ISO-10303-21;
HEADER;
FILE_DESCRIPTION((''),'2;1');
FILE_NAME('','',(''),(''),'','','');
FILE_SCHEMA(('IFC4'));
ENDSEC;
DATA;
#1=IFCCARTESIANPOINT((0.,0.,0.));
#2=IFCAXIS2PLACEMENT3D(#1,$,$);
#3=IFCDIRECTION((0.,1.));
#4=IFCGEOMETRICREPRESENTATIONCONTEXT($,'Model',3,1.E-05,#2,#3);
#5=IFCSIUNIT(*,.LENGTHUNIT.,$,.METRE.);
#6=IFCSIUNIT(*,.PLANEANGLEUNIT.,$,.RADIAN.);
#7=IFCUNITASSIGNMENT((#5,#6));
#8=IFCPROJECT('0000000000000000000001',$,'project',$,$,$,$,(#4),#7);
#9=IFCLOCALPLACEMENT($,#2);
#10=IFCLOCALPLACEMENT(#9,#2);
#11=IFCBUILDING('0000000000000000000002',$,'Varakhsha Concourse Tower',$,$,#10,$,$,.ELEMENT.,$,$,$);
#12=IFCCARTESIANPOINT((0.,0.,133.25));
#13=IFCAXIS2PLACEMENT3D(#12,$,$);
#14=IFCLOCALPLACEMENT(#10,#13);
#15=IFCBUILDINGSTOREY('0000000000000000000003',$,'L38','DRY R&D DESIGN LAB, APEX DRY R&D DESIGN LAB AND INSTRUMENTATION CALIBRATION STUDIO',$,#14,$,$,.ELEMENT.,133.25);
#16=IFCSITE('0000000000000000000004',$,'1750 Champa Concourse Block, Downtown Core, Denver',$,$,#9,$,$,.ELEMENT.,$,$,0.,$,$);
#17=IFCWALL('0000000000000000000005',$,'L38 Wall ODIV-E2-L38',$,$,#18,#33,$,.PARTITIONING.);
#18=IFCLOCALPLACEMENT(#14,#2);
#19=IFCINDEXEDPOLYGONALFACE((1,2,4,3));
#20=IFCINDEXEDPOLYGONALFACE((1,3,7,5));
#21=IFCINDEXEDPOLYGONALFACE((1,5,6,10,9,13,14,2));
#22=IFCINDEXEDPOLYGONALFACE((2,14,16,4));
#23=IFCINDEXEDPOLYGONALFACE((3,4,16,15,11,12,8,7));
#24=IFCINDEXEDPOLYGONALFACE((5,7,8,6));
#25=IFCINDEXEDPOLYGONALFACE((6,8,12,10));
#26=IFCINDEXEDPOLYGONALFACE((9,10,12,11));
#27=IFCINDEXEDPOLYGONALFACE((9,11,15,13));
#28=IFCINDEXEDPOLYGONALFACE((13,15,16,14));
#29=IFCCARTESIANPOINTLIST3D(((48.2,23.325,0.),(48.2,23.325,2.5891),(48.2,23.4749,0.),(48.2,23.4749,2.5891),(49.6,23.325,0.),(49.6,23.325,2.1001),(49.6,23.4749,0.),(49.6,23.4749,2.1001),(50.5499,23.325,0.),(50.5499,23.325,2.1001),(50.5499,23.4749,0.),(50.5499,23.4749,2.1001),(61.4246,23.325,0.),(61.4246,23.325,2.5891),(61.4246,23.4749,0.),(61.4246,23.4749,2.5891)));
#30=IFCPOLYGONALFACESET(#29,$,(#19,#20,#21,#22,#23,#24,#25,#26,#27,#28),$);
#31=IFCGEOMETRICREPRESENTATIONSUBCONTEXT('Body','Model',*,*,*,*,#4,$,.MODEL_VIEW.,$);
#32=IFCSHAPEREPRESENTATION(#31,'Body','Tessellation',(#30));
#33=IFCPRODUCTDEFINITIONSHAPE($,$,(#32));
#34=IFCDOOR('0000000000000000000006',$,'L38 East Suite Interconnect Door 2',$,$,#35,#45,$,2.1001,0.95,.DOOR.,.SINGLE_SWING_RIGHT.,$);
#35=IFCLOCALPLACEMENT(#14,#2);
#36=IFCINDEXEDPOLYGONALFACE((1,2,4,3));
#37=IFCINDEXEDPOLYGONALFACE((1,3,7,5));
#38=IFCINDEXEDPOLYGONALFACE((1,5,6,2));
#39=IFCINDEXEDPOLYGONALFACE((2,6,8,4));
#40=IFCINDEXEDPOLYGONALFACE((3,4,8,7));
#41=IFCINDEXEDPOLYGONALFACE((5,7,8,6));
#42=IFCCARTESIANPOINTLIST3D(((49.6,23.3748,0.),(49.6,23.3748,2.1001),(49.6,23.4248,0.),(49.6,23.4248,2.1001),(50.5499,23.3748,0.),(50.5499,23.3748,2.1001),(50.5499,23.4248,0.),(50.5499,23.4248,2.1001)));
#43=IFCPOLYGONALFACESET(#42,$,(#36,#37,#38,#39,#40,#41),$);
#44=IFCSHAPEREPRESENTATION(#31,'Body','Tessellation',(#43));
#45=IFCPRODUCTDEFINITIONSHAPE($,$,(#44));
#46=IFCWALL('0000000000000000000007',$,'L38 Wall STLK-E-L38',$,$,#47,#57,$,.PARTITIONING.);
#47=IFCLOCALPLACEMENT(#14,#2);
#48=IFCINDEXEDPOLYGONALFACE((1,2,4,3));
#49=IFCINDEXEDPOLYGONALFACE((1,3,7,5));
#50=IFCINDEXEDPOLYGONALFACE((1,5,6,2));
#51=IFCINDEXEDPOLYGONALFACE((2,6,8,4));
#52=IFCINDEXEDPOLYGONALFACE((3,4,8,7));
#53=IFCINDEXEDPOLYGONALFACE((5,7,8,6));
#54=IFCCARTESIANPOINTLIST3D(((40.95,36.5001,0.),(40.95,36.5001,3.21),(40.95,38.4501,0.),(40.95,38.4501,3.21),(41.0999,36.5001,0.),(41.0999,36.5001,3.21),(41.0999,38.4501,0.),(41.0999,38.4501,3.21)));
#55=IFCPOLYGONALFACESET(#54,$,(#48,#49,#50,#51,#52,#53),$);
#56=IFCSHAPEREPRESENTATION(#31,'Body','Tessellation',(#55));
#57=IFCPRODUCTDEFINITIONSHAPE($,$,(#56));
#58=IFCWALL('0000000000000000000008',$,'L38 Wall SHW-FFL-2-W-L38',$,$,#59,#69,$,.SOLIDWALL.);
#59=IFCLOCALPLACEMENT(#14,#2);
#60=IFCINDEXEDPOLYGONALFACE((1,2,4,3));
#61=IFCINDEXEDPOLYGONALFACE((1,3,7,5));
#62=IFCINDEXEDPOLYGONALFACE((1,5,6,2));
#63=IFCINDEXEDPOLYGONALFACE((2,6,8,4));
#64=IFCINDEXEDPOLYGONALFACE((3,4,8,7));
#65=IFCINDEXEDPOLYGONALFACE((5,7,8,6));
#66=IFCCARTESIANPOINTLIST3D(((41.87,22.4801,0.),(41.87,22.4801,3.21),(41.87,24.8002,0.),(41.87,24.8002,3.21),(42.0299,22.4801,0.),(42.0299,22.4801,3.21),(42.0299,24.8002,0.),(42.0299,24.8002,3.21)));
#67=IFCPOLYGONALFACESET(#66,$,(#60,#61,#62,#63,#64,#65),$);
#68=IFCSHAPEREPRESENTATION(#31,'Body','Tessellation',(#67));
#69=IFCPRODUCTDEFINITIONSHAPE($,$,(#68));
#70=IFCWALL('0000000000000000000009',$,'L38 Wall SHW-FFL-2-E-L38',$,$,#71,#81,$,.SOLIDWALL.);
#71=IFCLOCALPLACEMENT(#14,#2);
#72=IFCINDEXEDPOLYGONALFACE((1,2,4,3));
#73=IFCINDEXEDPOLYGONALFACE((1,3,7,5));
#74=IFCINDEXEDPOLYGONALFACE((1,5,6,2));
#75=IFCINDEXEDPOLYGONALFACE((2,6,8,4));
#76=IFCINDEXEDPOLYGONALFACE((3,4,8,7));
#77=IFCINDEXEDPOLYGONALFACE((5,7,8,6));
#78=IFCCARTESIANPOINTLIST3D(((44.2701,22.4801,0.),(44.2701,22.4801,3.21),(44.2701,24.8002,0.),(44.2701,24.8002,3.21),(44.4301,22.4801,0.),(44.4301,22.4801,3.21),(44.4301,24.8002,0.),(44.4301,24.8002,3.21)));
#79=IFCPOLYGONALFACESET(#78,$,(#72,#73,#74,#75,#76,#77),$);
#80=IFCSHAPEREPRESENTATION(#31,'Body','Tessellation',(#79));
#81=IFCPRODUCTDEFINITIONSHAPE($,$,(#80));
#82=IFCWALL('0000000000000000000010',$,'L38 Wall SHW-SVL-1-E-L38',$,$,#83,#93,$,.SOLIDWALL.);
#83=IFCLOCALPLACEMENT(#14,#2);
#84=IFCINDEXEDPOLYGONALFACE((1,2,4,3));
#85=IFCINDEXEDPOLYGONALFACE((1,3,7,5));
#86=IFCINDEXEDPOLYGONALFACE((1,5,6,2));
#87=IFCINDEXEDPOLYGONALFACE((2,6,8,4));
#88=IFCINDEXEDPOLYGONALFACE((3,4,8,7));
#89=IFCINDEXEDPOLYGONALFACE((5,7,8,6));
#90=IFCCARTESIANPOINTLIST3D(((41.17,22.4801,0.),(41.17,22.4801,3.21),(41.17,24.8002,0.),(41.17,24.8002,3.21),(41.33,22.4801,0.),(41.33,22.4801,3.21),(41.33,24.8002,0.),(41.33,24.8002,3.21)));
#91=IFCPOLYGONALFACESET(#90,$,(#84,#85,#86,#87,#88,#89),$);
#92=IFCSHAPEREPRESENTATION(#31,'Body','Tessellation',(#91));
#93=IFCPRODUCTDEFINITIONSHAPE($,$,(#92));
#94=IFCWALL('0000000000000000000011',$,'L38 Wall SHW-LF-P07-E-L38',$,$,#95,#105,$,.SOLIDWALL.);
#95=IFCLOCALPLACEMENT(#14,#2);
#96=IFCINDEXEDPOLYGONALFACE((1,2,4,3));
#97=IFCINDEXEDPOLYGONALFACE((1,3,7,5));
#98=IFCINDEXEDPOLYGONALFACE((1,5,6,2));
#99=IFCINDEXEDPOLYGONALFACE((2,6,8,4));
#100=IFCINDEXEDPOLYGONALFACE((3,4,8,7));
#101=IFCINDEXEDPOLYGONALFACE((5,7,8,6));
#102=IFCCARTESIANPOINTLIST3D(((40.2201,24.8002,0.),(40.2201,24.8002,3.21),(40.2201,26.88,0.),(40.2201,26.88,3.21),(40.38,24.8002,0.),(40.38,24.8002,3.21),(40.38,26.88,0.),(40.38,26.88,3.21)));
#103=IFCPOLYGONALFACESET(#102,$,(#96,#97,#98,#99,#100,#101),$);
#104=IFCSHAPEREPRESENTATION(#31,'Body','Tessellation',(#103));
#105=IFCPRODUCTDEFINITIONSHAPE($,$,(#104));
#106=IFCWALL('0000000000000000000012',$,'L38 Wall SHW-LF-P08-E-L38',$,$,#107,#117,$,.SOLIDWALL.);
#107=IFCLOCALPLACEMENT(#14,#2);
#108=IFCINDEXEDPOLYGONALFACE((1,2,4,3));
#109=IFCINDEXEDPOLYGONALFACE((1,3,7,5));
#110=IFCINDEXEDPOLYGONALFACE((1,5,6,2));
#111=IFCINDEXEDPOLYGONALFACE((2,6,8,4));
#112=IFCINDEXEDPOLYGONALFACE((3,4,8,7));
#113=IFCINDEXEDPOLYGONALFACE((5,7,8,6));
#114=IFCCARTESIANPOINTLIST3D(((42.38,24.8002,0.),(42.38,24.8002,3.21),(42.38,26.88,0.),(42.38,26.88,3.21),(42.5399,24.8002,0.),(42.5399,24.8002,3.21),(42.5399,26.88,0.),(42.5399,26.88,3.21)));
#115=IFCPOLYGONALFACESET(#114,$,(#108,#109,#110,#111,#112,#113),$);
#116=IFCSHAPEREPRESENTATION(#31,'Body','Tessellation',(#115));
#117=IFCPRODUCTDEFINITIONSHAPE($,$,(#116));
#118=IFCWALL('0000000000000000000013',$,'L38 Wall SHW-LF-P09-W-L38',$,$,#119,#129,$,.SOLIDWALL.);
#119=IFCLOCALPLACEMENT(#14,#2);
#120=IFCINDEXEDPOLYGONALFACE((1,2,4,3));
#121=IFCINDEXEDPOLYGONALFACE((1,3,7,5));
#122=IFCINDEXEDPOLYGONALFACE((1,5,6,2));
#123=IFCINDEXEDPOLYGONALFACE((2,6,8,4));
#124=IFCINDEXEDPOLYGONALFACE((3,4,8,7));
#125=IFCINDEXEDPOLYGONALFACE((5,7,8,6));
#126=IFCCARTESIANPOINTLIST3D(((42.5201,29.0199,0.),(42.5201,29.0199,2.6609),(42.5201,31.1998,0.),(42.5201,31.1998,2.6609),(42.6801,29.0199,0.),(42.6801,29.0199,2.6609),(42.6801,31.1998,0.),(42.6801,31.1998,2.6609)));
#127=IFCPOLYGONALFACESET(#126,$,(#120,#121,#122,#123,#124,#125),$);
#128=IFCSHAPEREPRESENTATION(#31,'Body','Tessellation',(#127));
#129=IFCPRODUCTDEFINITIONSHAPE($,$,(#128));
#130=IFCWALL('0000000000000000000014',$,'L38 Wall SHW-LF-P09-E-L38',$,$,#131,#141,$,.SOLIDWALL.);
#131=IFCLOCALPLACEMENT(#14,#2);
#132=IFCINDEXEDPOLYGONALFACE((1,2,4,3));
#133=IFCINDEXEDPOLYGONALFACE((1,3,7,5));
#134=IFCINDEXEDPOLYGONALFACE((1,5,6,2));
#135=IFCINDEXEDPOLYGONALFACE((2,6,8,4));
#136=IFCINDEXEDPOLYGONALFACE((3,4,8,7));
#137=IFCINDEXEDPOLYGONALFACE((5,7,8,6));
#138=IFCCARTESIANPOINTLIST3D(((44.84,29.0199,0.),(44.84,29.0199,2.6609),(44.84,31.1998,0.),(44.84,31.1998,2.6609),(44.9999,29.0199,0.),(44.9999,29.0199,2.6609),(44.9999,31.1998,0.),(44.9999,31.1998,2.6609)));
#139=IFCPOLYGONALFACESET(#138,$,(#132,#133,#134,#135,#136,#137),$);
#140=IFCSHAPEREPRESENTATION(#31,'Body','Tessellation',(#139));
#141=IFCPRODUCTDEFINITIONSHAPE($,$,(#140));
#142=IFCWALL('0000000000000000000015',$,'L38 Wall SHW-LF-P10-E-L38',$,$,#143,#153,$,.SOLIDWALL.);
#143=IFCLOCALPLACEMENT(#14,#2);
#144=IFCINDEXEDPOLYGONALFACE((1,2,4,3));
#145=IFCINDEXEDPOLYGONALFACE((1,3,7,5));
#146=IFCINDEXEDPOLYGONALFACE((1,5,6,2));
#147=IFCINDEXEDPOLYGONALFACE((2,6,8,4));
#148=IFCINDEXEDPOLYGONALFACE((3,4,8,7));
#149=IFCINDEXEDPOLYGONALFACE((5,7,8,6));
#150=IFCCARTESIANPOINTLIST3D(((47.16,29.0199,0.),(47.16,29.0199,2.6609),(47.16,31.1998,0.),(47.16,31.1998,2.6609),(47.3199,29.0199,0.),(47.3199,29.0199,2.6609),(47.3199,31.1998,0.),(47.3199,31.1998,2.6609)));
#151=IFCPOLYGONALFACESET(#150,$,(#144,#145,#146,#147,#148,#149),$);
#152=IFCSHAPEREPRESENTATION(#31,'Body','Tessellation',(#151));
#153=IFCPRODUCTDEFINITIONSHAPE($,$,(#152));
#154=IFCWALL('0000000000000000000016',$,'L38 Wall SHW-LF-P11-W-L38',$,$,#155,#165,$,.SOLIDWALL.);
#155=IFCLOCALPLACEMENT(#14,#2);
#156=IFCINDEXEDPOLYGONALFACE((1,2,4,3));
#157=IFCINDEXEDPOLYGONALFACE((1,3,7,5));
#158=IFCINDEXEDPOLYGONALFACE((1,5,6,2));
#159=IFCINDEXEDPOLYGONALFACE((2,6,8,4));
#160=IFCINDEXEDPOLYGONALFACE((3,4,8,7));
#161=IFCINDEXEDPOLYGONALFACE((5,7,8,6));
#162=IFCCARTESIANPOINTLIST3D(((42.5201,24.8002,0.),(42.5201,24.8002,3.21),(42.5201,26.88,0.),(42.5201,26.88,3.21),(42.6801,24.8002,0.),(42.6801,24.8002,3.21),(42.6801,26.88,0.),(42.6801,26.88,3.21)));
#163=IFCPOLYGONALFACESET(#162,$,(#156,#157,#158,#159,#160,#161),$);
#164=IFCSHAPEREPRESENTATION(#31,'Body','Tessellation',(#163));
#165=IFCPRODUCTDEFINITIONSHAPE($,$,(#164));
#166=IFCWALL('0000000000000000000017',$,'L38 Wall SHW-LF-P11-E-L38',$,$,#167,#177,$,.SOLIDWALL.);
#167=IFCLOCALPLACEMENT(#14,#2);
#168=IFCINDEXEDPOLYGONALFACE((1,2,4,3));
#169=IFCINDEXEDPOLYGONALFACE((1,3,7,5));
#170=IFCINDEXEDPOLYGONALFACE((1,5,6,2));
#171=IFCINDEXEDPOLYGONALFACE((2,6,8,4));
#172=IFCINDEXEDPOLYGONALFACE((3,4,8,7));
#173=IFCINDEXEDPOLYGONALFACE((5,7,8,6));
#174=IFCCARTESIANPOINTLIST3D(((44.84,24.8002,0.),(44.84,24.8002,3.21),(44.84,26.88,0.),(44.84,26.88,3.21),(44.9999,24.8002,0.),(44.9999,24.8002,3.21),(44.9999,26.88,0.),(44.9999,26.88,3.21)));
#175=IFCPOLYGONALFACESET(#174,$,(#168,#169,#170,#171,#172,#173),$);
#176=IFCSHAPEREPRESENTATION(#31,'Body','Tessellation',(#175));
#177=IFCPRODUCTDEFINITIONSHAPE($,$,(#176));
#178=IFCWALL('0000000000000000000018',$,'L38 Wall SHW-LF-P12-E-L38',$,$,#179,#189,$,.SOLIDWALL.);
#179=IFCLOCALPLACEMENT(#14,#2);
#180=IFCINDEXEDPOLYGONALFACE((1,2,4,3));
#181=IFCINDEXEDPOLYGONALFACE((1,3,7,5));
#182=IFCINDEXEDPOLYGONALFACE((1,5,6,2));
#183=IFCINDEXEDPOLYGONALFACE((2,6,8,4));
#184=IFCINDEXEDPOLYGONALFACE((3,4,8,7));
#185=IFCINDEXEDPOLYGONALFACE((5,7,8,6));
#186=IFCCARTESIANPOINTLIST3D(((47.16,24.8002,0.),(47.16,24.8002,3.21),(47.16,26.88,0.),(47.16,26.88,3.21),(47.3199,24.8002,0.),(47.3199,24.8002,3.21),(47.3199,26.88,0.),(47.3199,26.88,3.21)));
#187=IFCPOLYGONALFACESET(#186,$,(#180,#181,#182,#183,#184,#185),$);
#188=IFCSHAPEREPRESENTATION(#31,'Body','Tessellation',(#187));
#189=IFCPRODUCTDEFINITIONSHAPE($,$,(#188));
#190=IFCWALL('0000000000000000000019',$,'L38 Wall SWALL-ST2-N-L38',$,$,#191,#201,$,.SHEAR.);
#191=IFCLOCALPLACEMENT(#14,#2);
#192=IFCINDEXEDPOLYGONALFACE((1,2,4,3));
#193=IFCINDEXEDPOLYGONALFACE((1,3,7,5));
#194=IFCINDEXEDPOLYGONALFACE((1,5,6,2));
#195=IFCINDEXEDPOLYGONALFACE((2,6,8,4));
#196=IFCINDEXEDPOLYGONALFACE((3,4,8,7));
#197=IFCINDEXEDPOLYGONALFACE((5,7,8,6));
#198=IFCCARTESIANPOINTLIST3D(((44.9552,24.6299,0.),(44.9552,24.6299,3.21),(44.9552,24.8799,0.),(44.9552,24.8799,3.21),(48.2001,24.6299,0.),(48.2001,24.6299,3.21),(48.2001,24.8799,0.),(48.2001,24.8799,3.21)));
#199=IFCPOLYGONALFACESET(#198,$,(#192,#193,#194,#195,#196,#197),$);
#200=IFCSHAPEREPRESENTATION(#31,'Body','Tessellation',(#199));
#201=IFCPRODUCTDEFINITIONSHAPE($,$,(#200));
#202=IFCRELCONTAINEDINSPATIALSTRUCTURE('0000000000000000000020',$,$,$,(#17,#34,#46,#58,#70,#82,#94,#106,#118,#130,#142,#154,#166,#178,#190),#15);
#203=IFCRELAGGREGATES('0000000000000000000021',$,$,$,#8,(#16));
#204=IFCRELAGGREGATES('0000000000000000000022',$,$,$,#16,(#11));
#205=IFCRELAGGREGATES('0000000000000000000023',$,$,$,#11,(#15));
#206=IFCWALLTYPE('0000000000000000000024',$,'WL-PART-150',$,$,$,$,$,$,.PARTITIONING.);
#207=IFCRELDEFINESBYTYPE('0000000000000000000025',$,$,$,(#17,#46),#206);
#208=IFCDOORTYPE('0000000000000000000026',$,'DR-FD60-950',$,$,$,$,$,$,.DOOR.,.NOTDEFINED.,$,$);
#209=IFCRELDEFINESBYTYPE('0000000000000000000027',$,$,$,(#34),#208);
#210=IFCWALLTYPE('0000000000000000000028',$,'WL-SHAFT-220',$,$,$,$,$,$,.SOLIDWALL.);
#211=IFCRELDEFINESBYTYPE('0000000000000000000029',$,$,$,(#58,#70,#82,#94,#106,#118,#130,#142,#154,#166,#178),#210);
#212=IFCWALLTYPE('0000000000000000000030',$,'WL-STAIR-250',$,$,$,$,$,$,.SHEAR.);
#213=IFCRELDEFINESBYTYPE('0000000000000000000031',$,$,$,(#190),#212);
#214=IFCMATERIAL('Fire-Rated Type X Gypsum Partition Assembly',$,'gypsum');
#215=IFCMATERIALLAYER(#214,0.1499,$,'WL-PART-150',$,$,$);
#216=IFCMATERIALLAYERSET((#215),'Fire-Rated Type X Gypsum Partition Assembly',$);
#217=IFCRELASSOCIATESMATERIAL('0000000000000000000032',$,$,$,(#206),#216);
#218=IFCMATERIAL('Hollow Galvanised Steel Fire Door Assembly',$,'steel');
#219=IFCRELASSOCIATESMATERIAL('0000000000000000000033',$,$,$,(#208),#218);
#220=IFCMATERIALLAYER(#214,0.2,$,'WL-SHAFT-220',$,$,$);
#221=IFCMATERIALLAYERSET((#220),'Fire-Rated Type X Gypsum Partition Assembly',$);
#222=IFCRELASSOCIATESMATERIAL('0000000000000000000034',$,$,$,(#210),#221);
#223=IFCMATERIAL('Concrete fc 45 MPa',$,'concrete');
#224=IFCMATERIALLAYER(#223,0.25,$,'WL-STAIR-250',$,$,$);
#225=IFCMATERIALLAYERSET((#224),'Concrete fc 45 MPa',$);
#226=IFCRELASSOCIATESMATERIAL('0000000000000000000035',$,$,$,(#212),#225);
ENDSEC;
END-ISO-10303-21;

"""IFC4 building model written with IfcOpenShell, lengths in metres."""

from ifc_helpers import new_model, si_unit, direction, frame, frame_2d, origin, place, context, subcontext, project, spatial, rectangle, extrude, material, layer, layer_set, type_object, element, fill, save


model = new_model("IFC4")

# Units and contexts
model_context = context("Model", 3, precision=1e-05, world=origin(), true_north=direction((0.0, 1.0)))
body_context = subcontext(model_context, "Body", "Model", "MODEL_VIEW")
ifc_project = project(units=[si_unit("LENGTHUNIT", "METRE"), si_unit("PLANEANGLEUNIT", "RADIAN")], contexts=[model_context])

# Site, building, storey
site_placement = place(None, origin())
site = spatial("IfcSite", under=ifc_project, at=site_placement, Name="1750 Champa Concourse Block, Downtown Core, Denver", CompositionType="ELEMENT", RefElevation=0.0)
building_placement = place(site_placement, origin())
building = spatial("IfcBuilding", under=site, at=building_placement, Name="Varakhsha Concourse Tower", CompositionType="ELEMENT")
storey_placement = place(building_placement, frame((0.0, 0.0, 133.25)))
storey = spatial("IfcBuildingStorey", under=building, at=storey_placement, Name="L38", Description="DRY R&D DESIGN LAB, APEX DRY R&D DESIGN LAB AND INSTRUMENTATION CALIBRATION STUDIO", CompositionType="ELEMENT", Elevation=133.25)

# Shared definitions
ifc_material_1 = material(Name="Fire-Rated Type X Gypsum Partition Assembly", Category="gypsum")
ifc_layer_1 = layer(ifc_material_1, 0.1499, Name="WL-PART-150")
ifc_layer_set_1 = layer_set([ifc_layer_1], Name="Fire-Rated Type X Gypsum Partition Assembly")
wall_type_1 = type_object("IfcWallType", Name="WL-PART-150", PredefinedType="PARTITIONING", material=ifc_layer_set_1)

# Wall, opening, door
wall_1_placement = place(storey_placement, frame((48.2, 23.3999, 0.0), z_axis=(0.0, 0.0, 1.0), x_axis=(1.0, 0.0, 0.0)))
wall_1 = element("IfcWall", 1, at=wall_1_placement, inside=storey, type_object=wall_type_1, Name="L38 Wall ODIV-E2-L38", PredefinedType="PARTITIONING", context=body_context, shape_type="SweptSolid", body=[
    extrude(rectangle(XDim=13.2246, YDim=0.1499, at=frame_2d((6.6123, 0.0))), origin(), (0.0, 0.0, 1.0), 2.5891),
])
opening_placement = place(wall_1_placement, frame((1.3999, 0.0, 0.0)))
opening = element("IfcOpeningElement", 2, at=opening_placement, cuts=wall_1, PredefinedType="OPENING", context=body_context, shape_type="SweptSolid", body=[
    extrude(rectangle(XDim=0.95, YDim=2.1001, at=frame_2d((0.4751, 1.05))), frame((0.0, 0.085, 0.0), z_axis=(0.0, -1.0, 0.0), x_axis=(1.0, 0.0, 0.0)), (0.0, 0.0, 1.0), 0.1699),
])
ifc_material_2 = material(Name="Hollow Galvanised Steel Fire Door Assembly", Category="steel")
door_type = type_object("IfcDoorType", Name="DR-FD60-950", OperationType="NOTDEFINED", PredefinedType="DOOR", material=ifc_material_2)
door_placement = place(opening_placement, origin())
door = element("IfcDoor", 3, at=door_placement, inside=storey, type_object=door_type, Name="L38 East Suite Interconnect Door 2", OperationType="SINGLE_SWING_RIGHT", OverallHeight=2.1001, OverallWidth=0.95, PredefinedType="DOOR", context=body_context, shape_type="SweptSolid", body=[
    extrude(rectangle(XDim=0.95, YDim=2.1001, at=frame_2d((0.4751, 1.05))), frame((0.0, 0.0249, 0.0), z_axis=(0.0, -1.0, 0.0), x_axis=(1.0, 0.0, 0.0)), (0.0, 0.0, 1.0), 0.05),
])
fill(opening, door)

# Walls
wall_2_placement = place(storey_placement, frame((41.0249, 36.5, 0.0), z_axis=(0.0, 0.0, 1.0), x_axis=(0.0, 1.0, 0.0)))
element("IfcWall", 4, at=wall_2_placement, inside=storey, type_object=wall_type_1, Name="L38 Wall STLK-E-L38", PredefinedType="PARTITIONING", context=body_context, shape_type="SweptSolid", body=[
    extrude(rectangle(XDim=1.95, YDim=0.1499, at=frame_2d((0.9751, 0.0))), origin(), (0.0, 0.0, 1.0), 3.21),
])
ifc_layer_2 = layer(ifc_material_1, 0.2, Name="WL-SHAFT-220")
ifc_layer_set_2 = layer_set([ifc_layer_2], Name="Fire-Rated Type X Gypsum Partition Assembly")
wall_type_2 = type_object("IfcWallType", Name="WL-SHAFT-220", PredefinedType="SOLIDWALL", material=ifc_layer_set_2)
for number, where, z_axis, x_axis, name in (
    (5, (41.95, 22.48, 0.0), (0.0, 0.0, 1.0), (0.0, 1.0, 0.0), "L38 Wall SHW-FFL-2-W-L38"),
    (6, (44.3501, 22.48, 0.0), (0.0, 0.0, 1.0), (0.0, 1.0, 0.0), "L38 Wall SHW-FFL-2-E-L38"),
    (7, (41.25, 22.48, 0.0), (0.0, 0.0, 1.0), (0.0, 1.0, 0.0), "L38 Wall SHW-SVL-1-E-L38"),
):
    element("IfcWall", number, at=place(storey_placement, frame(where, z_axis=z_axis, x_axis=x_axis)), inside=storey, type_object=wall_type_2, Name=name, PredefinedType="SOLIDWALL", context=body_context, shape_type="SweptSolid", body=[
        extrude(rectangle(XDim=2.3201, YDim=0.1599, at=frame_2d((1.1602, 0.0))), origin(), (0.0, 0.0, 1.0), 3.21),
    ])
for number, where, z_axis, x_axis, name in (
    (8, (40.3, 24.8, 0.0), (0.0, 0.0, 1.0), (0.0, 1.0, 0.0), "L38 Wall SHW-LF-P07-E-L38"),
    (9, (42.46, 24.8, 0.0), (0.0, 0.0, 1.0), (0.0, 1.0, 0.0), "L38 Wall SHW-LF-P08-E-L38"),
):
    element("IfcWall", number, at=place(storey_placement, frame(where, z_axis=z_axis, x_axis=x_axis)), inside=storey, type_object=wall_type_2, Name=name, PredefinedType="SOLIDWALL", context=body_context, shape_type="SweptSolid", body=[
        extrude(rectangle(XDim=2.0798, YDim=0.1599, at=frame_2d((1.04, 0.0))), origin(), (0.0, 0.0, 1.0), 3.21),
    ])
for number, where, z_axis, x_axis, name in (
    (10, (42.6001, 29.02, 0.0), (0.0, 0.0, 1.0), (0.0, 1.0, 0.0), "L38 Wall SHW-LF-P09-W-L38"),
    (11, (44.9199, 29.02, 0.0), (0.0, 0.0, 1.0), (0.0, 1.0, 0.0), "L38 Wall SHW-LF-P09-E-L38"),
    (12, (47.24, 29.02, 0.0), (0.0, 0.0, 1.0), (0.0, 1.0, 0.0), "L38 Wall SHW-LF-P10-E-L38"),
):
    element("IfcWall", number, at=place(storey_placement, frame(where, z_axis=z_axis, x_axis=x_axis)), inside=storey, type_object=wall_type_2, Name=name, PredefinedType="SOLIDWALL", context=body_context, shape_type="SweptSolid", body=[
        extrude(rectangle(XDim=2.1799, YDim=0.1599, at=frame_2d((1.0898, 0.0))), origin(), (0.0, 0.0, 1.0), 2.6609),
    ])
for number, where, z_axis, x_axis, name in (
    (13, (42.6001, 24.8, 0.0), (0.0, 0.0, 1.0), (0.0, 1.0, 0.0), "L38 Wall SHW-LF-P11-W-L38"),
    (14, (44.9199, 24.8, 0.0), (0.0, 0.0, 1.0), (0.0, 1.0, 0.0), "L38 Wall SHW-LF-P11-E-L38"),
    (15, (47.24, 24.8, 0.0), (0.0, 0.0, 1.0), (0.0, 1.0, 0.0), "L38 Wall SHW-LF-P12-E-L38"),
):
    element("IfcWall", number, at=place(storey_placement, frame(where, z_axis=z_axis, x_axis=x_axis)), inside=storey, type_object=wall_type_2, Name=name, PredefinedType="SOLIDWALL", context=body_context, shape_type="SweptSolid", body=[
        extrude(rectangle(XDim=2.0798, YDim=0.1599, at=frame_2d((1.04, 0.0))), origin(), (0.0, 0.0, 1.0), 3.21),
    ])
ifc_material_3 = material(Name="Concrete fc 45 MPa", Category="concrete")
ifc_layer_3 = layer(ifc_material_3, 0.25, Name="WL-STAIR-250")
ifc_layer_set_3 = layer_set([ifc_layer_3], Name="Concrete fc 45 MPa")
wall_type_3 = type_object("IfcWallType", Name="WL-STAIR-250", PredefinedType="SHEAR", material=ifc_layer_set_3)
wall_3_placement = place(storey_placement, frame((44.9551, 24.7549, 0.0), z_axis=(0.0, 0.0, 1.0), x_axis=(1.0, 0.0, 0.0)))
element("IfcWall", 16, at=wall_3_placement, inside=storey, type_object=wall_type_3, Name="L38 Wall SWALL-ST2-N-L38", PredefinedType="SHEAR", context=body_context, shape_type="SweptSolid", body=[
    extrude(rectangle(XDim=3.2449, YDim=0.25, at=frame_2d((1.6226, 0.0))), origin(), (0.0, 0.0, 1.0), 3.21),
])

save(model, "model.ifc")
